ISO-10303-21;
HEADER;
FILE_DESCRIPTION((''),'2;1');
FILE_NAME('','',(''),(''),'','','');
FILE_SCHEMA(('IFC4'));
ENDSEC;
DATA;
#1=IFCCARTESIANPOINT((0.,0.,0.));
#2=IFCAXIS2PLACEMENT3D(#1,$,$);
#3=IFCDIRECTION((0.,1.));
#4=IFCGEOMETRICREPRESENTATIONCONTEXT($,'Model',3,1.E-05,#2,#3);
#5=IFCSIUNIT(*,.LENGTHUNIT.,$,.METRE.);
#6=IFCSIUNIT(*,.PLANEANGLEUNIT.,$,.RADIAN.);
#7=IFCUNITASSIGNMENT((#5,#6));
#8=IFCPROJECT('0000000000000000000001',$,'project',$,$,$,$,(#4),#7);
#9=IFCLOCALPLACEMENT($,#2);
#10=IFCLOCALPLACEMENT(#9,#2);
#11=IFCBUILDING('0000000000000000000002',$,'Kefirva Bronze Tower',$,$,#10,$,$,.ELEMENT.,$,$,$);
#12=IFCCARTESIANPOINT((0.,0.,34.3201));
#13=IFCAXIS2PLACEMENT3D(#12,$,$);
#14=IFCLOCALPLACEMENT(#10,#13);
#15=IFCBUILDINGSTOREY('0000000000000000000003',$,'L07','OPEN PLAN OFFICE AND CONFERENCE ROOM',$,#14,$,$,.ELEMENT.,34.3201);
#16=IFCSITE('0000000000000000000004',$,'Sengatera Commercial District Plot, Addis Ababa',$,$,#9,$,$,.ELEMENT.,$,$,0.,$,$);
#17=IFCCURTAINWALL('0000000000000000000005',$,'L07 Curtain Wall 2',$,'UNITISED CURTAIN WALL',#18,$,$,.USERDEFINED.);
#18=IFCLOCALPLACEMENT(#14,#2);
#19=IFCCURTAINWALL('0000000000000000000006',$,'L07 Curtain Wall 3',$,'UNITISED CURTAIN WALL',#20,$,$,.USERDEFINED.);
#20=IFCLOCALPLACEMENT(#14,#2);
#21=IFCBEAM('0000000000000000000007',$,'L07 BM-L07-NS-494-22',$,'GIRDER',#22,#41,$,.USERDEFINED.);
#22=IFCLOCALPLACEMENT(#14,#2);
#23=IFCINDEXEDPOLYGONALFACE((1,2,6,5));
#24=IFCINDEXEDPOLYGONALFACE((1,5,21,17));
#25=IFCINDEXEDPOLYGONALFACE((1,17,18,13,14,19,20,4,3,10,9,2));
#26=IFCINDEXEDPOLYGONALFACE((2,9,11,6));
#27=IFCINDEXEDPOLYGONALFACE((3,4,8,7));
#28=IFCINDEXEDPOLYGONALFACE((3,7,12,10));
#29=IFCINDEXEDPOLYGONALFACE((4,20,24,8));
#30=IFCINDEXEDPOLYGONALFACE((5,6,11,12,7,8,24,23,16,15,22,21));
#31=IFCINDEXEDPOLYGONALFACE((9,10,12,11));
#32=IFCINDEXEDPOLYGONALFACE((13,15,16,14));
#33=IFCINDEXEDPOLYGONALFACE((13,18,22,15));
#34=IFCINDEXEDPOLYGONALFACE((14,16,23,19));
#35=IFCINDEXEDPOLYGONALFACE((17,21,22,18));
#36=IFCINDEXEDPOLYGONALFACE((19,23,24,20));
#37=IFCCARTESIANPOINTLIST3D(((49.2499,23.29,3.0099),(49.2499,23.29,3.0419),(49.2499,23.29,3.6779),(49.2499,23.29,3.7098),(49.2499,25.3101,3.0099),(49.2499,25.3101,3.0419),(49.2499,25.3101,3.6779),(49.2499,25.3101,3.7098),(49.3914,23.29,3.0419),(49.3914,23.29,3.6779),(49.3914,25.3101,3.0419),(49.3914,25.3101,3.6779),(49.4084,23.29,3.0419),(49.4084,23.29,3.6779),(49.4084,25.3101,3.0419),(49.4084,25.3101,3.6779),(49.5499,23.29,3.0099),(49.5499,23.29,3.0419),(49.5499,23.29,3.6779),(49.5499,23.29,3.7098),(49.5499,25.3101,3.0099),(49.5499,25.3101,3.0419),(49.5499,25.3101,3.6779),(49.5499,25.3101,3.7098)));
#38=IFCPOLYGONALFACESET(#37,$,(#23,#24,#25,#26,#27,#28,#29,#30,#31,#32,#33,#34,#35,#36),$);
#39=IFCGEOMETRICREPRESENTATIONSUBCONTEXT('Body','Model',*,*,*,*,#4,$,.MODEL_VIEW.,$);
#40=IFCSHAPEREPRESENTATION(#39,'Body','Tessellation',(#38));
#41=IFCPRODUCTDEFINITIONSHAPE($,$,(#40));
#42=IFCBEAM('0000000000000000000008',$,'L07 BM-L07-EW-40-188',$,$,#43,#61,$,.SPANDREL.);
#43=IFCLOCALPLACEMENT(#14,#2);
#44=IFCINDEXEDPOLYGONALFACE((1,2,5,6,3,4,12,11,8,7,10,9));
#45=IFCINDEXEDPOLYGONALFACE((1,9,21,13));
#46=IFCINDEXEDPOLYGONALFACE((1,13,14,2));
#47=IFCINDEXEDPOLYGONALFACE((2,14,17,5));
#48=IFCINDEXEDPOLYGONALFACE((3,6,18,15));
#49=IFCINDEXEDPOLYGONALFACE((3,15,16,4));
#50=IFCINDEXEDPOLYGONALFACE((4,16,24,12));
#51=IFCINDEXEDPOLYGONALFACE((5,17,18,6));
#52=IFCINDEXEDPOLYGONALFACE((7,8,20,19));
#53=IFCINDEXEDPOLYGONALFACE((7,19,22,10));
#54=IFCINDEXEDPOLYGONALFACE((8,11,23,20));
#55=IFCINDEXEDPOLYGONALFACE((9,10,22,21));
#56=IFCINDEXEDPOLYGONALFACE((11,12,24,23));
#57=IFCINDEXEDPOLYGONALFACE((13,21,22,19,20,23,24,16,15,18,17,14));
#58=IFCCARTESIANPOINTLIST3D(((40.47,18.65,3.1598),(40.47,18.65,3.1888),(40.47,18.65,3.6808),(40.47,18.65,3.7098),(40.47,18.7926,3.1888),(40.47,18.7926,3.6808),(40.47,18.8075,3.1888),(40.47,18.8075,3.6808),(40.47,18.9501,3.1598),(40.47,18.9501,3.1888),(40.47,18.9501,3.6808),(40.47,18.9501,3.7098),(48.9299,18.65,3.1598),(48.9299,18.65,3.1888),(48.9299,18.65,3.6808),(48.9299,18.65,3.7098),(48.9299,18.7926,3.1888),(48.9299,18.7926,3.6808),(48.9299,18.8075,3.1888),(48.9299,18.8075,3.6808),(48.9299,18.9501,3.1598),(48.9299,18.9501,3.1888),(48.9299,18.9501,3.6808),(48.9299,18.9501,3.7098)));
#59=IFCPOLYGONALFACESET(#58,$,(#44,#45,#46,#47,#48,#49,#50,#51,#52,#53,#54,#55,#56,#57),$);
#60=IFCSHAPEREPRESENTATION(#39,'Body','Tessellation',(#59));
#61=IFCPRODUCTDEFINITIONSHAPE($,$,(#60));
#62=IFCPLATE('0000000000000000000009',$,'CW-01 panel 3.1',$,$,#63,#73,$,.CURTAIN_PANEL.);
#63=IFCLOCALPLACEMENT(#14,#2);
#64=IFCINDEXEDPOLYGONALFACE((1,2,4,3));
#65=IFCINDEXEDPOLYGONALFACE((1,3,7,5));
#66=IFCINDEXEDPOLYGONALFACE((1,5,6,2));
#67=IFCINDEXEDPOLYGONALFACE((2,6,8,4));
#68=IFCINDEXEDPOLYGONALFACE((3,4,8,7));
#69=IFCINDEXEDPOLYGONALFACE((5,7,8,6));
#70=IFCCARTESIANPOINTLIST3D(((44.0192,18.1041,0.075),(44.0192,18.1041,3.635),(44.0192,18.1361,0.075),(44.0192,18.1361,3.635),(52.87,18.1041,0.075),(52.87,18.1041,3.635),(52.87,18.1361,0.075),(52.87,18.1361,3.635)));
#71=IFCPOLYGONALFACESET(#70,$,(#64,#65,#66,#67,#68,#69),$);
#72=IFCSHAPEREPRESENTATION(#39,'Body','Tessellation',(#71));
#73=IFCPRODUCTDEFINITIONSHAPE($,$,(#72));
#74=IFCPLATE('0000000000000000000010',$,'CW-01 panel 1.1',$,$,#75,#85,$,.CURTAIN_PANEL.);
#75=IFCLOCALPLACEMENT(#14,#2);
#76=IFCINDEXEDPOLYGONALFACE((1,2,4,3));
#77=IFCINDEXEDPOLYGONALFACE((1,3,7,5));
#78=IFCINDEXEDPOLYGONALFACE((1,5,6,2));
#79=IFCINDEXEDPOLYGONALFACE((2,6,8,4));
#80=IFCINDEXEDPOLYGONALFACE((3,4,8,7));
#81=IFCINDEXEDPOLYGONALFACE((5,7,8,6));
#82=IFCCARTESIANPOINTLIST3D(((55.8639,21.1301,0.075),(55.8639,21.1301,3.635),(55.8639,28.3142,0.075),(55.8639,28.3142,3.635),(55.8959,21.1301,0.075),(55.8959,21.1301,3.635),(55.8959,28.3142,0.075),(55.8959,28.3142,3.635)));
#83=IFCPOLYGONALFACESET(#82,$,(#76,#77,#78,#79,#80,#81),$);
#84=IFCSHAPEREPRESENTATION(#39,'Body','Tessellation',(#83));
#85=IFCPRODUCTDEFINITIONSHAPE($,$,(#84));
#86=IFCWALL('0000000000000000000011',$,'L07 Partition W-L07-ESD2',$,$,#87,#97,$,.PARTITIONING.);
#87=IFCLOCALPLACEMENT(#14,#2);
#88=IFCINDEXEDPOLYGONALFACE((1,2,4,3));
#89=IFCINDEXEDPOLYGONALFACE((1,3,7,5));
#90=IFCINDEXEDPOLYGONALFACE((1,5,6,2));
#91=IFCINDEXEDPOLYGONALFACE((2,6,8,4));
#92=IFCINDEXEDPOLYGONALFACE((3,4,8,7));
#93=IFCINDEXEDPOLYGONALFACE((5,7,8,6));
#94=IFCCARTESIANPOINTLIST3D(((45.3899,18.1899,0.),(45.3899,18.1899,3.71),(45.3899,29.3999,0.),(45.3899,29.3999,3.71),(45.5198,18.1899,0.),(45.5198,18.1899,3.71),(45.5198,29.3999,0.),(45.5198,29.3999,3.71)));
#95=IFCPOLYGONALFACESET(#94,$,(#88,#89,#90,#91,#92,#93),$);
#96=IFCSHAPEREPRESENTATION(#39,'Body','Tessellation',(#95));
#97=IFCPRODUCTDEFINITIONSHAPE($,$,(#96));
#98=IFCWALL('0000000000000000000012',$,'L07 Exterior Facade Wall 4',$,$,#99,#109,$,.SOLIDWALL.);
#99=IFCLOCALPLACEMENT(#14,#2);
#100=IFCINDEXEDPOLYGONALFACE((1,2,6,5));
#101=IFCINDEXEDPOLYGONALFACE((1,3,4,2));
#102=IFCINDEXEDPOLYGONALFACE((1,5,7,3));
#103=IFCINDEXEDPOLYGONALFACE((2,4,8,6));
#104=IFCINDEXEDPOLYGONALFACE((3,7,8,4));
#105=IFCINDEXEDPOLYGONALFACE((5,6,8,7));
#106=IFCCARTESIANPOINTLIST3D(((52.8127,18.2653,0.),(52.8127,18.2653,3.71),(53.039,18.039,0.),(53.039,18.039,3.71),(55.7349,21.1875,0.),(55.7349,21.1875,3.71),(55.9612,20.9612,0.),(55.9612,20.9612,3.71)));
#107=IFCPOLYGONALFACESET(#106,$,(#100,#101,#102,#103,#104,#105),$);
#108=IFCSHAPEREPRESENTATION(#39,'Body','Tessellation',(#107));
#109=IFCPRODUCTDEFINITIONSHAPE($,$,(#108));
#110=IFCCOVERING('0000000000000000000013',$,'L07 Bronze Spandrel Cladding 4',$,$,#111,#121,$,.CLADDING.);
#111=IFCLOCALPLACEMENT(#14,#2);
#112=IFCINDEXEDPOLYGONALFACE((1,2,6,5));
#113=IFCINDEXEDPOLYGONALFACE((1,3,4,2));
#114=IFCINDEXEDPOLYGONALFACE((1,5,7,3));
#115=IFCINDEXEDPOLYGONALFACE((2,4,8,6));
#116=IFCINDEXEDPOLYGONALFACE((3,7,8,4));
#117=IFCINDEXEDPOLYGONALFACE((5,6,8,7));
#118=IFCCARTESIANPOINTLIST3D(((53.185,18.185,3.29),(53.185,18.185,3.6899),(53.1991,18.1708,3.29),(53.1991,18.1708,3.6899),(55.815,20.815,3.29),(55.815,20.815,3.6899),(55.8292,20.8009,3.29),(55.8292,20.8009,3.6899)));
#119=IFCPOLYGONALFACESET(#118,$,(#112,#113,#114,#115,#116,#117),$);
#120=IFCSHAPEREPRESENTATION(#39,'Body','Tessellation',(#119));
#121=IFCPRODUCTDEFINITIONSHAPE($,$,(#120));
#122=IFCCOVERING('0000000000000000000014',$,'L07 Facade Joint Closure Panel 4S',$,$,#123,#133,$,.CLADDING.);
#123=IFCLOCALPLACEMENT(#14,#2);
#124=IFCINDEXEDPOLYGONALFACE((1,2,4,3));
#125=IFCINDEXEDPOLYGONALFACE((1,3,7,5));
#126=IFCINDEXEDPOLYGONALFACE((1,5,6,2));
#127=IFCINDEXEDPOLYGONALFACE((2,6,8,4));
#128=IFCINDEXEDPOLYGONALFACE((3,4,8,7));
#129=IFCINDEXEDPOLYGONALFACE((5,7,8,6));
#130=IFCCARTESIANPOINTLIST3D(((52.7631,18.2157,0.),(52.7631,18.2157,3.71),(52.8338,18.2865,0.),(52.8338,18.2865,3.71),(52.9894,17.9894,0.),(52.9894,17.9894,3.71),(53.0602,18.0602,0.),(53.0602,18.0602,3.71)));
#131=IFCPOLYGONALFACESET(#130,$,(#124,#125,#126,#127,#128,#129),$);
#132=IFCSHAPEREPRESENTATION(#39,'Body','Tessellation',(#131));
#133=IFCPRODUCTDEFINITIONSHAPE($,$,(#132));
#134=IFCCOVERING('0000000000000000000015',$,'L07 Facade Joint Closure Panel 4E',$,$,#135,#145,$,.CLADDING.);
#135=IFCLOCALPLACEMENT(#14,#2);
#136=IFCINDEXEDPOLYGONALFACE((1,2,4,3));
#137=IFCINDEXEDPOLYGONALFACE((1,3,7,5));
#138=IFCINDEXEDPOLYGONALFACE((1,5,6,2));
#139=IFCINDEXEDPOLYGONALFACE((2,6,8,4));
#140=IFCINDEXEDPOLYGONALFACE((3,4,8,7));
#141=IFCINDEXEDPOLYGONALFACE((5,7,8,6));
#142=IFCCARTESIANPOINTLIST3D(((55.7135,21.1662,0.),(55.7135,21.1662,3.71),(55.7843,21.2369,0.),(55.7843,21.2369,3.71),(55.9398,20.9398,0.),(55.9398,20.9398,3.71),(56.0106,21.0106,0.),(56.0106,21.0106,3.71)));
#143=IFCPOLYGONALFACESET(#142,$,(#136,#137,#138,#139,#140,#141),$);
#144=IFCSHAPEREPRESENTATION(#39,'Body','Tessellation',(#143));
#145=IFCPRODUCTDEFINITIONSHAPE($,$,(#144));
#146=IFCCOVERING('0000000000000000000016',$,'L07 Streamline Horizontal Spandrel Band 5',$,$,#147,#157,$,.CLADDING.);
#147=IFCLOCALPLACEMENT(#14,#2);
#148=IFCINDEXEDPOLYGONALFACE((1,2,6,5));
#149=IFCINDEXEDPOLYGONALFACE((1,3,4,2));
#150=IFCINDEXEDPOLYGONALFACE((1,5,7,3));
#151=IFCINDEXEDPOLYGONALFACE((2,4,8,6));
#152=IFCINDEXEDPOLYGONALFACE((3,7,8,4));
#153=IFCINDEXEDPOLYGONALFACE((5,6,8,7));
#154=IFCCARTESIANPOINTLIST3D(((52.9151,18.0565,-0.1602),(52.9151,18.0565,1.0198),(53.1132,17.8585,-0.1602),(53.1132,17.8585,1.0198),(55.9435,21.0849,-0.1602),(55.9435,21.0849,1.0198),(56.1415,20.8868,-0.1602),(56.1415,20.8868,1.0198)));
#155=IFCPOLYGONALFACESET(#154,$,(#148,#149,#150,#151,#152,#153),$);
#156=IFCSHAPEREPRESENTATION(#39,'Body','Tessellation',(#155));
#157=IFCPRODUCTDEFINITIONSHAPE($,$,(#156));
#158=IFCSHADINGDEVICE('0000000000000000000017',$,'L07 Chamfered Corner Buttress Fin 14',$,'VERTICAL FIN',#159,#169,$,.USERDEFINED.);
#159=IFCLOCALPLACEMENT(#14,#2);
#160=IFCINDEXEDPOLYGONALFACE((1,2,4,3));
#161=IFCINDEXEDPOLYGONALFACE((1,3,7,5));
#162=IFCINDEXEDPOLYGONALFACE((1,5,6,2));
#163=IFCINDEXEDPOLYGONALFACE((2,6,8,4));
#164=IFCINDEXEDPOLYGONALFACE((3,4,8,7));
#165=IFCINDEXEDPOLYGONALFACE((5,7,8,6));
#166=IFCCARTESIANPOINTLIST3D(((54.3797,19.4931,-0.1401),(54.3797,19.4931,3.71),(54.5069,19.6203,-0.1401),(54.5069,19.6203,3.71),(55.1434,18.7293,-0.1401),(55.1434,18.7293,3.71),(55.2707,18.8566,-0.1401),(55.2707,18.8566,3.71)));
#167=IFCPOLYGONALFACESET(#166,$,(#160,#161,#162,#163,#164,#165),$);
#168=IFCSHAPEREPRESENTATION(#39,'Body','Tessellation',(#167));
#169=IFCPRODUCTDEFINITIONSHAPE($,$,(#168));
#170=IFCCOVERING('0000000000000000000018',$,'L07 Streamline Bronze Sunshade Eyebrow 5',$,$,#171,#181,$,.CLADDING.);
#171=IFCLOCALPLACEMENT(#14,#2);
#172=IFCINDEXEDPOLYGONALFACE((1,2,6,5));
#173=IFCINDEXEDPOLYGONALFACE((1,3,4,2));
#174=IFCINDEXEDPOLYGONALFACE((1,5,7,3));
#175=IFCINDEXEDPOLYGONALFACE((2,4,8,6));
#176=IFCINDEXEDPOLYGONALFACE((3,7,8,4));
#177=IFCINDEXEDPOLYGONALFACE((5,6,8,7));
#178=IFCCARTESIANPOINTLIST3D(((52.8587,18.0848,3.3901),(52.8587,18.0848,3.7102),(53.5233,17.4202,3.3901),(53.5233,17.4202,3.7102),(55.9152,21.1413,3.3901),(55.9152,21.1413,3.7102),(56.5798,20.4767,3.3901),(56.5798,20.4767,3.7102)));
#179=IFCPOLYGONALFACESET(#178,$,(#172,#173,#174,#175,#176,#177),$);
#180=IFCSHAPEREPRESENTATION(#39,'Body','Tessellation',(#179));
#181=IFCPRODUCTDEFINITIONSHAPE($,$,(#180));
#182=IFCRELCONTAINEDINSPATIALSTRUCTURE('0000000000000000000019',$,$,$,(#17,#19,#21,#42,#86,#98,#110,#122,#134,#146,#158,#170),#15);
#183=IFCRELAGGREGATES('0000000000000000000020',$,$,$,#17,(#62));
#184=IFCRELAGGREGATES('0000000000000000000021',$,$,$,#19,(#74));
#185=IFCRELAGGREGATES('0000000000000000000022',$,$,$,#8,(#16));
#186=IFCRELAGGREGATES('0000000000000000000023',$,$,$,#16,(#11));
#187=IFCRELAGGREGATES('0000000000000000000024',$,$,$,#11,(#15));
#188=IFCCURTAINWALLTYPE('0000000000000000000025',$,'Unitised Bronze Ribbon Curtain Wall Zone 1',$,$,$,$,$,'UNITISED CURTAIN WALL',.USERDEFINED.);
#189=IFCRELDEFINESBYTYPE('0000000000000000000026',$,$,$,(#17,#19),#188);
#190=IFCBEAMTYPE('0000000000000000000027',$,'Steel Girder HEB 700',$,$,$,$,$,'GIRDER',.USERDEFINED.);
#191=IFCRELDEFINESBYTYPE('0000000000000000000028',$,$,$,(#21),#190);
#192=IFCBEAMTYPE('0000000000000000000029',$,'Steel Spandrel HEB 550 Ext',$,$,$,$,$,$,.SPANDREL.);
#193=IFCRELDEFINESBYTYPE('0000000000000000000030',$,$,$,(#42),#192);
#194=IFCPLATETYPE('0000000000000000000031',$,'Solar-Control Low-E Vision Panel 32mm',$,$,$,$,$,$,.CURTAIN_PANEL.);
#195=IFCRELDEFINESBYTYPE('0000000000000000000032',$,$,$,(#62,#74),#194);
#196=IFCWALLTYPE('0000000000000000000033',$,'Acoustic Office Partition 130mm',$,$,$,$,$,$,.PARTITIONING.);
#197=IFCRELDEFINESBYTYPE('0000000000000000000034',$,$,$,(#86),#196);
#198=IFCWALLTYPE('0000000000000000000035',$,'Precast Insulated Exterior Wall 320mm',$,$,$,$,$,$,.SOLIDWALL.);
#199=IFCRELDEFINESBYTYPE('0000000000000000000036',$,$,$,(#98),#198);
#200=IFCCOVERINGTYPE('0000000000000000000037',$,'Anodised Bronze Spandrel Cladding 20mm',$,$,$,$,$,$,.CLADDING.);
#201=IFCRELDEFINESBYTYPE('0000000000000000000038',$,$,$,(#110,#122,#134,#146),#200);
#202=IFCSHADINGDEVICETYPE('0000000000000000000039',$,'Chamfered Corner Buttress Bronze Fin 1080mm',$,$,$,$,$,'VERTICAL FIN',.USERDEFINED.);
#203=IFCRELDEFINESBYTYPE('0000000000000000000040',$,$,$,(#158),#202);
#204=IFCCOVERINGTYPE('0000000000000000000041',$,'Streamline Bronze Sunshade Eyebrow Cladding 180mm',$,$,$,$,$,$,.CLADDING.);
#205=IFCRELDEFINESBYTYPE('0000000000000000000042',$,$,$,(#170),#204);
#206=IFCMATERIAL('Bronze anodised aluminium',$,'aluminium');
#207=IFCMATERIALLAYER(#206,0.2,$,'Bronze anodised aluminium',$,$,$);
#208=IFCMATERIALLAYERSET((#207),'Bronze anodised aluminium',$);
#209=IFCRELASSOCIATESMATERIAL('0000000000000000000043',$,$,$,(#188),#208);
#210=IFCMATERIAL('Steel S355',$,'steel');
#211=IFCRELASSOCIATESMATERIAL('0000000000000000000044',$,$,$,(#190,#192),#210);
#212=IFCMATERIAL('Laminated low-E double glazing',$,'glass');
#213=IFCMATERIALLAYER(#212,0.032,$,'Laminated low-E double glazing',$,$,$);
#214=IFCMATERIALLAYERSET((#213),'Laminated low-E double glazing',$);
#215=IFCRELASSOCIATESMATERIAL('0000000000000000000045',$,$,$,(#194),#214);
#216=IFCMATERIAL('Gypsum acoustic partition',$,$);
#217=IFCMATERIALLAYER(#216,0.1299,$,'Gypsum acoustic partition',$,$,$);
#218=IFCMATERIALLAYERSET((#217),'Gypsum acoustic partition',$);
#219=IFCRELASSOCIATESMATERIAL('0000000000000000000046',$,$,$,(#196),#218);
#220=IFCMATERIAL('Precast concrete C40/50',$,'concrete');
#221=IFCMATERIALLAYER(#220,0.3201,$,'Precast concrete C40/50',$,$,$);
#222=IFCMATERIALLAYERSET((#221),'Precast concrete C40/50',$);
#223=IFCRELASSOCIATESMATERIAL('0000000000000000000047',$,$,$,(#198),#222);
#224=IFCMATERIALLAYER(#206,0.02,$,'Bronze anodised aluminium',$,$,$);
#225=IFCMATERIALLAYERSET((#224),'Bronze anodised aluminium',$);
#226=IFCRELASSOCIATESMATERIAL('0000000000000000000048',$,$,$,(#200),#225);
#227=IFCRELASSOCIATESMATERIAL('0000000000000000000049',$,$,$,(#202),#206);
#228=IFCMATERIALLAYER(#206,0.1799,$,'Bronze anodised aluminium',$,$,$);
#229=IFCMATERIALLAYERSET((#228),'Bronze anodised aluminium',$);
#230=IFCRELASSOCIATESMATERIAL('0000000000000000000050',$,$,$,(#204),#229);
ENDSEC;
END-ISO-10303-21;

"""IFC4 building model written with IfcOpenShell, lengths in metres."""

from ifc_helpers import new_model, si_unit, direction, frame, frame_2d, origin, origin_2d, place, context, subcontext, project, spatial, rectangle, i_section, extrude, material, layer, layer_set, material_profile, profile_set, type_object, element, aggregate, save


model = new_model("IFC4")

# Units and contexts
model_context = context("Model", 3, precision=1e-05, world=origin(), true_north=direction((0.0, 1.0)))
body_context = subcontext(model_context, "Body", "Model", "MODEL_VIEW")
ifc_project = project(units=[si_unit("LENGTHUNIT", "METRE"), si_unit("PLANEANGLEUNIT", "RADIAN")], contexts=[model_context])

# Site, building, storey
site_placement = place(None, origin())
site = spatial("IfcSite", under=ifc_project, at=site_placement, Name="Sengatera Commercial District Plot, Addis Ababa", CompositionType="ELEMENT", RefElevation=0.0)
building_placement = place(site_placement, origin())
building = spatial("IfcBuilding", under=site, at=building_placement, Name="Kefirva Bronze Tower", CompositionType="ELEMENT")
storey_placement = place(building_placement, frame((0.0, 0.0, 34.3201)))
storey = spatial("IfcBuildingStorey", under=building, at=storey_placement, Name="L07", Description="OPEN PLAN OFFICE AND CONFERENCE ROOM", CompositionType="ELEMENT", Elevation=34.3201)

# Curtain wall
ifc_material_1 = material(Name="Bronze anodised aluminium", Category="aluminium")
ifc_layer_1 = layer(ifc_material_1, 0.2, Name="Bronze anodised aluminium")
ifc_layer_set_1 = layer_set([ifc_layer_1], Name="Bronze anodised aluminium")
curtain_wall_type = type_object("IfcCurtainWallType", Name="Unitised Bronze Ribbon Curtain Wall Zone 1", ElementType="UNITISED CURTAIN WALL", PredefinedType="USERDEFINED", material=ifc_layer_set_1)
curtain_wall_1_placement = place(storey_placement, origin())
curtain_wall_1 = element("IfcCurtainWall", 1, at=curtain_wall_1_placement, inside=storey, type_object=curtain_wall_type, Name="L07 Curtain Wall 2", ObjectType="UNITISED CURTAIN WALL", PredefinedType="USERDEFINED")

# Curtain wall
curtain_wall_2_placement = place(storey_placement, origin())
curtain_wall_2 = element("IfcCurtainWall", 2, at=curtain_wall_2_placement, inside=storey, type_object=curtain_wall_type, Name="L07 Curtain Wall 3", ObjectType="UNITISED CURTAIN WALL", PredefinedType="USERDEFINED")

# Beams
ifc_material_2 = material(Name="Steel S355", Category="steel")
ifc_material_profile_1 = material_profile(ifc_material_2, i_section(OverallWidth=0.3, OverallDepth=0.7, WebThickness=0.0171, FlangeThickness=0.032, at=origin_2d()), Name="HEB 700")
ifc_profile_set_1 = profile_set([ifc_material_profile_1], Name="Steel S355")
beam_type_1 = type_object("IfcBeamType", Name="Steel Girder HEB 700", ElementType="GIRDER", PredefinedType="USERDEFINED", material=ifc_profile_set_1)
beam_1_placement = place(storey_placement, frame((49.3999, 23.29, 3.3599), z_axis=(0.0, 1.0, 0.0), x_axis=(-1.0, 0.0, 0.0)))
element("IfcBeam", 3, at=beam_1_placement, inside=storey, type_object=beam_type_1, Name="L07 BM-L07-NS-494-22", ObjectType="GIRDER", PredefinedType="USERDEFINED", context=body_context, shape_type="SweptSolid", body=[
    extrude(i_section(OverallWidth=0.3, OverallDepth=0.7, WebThickness=0.0171, FlangeThickness=0.032, at=origin_2d()), origin(), (0.0, 0.0, 1.0), 2.02),
])
ifc_material_profile_2 = material_profile(ifc_material_2, i_section(OverallWidth=0.3, OverallDepth=0.55, WebThickness=0.0149, FlangeThickness=0.0291, at=origin_2d()), Name="HEB 550")
ifc_profile_set_2 = profile_set([ifc_material_profile_2], Name="Steel S355")
beam_type_2 = type_object("IfcBeamType", Name="Steel Spandrel HEB 550 Ext", PredefinedType="SPANDREL", material=ifc_profile_set_2)
beam_2_placement = place(storey_placement, frame((40.47, 18.8, 3.4348), z_axis=(1.0, 0.0, 0.0), x_axis=(0.0, 1.0, 0.0)))
element("IfcBeam", 4, at=beam_2_placement, inside=storey, type_object=beam_type_2, Name="L07 BM-L07-EW-40-188", PredefinedType="SPANDREL", context=body_context, shape_type="SweptSolid", body=[
    extrude(i_section(OverallWidth=0.3, OverallDepth=0.55, WebThickness=0.0149, FlangeThickness=0.0291, at=origin_2d()), origin(), (0.0, 0.0, 1.0), 8.46),
])

# Plates
ifc_material_3 = material(Name="Laminated low-E double glazing", Category="glass")
ifc_layer_2 = layer(ifc_material_3, 0.032, Name="Laminated low-E double glazing")
ifc_layer_set_2 = layer_set([ifc_layer_2], Name="Laminated low-E double glazing")
plate_type = type_object("IfcPlateType", Name="Solar-Control Low-E Vision Panel 32mm", PredefinedType="CURTAIN_PANEL", material=ifc_layer_set_2)
plate_1_placement = place(storey_placement, frame((48.4446, 18.1201, 0.075), z_axis=(0.0, 0.0, 1.0), x_axis=(1.0, 0.0, 0.0)))
plate_1 = element("IfcPlate", 5, at=plate_1_placement, type_object=plate_type, Name="CW-01 panel 3.1", PredefinedType="CURTAIN_PANEL", context=body_context, shape_type="SweptSolid", body=[
    extrude(rectangle(XDim=8.8508, YDim=0.032, at=origin_2d()), origin(), (0.0, 0.0, 1.0), 3.5601),
])
aggregate(curtain_wall_1, [plate_1])
plate_2_placement = place(storey_placement, frame((55.8799, 24.7222, 0.075), z_axis=(0.0, 0.0, 1.0), x_axis=(0.0, 1.0, 0.0)))
plate_2 = element("IfcPlate", 6, at=plate_2_placement, type_object=plate_type, Name="CW-01 panel 1.1", PredefinedType="CURTAIN_PANEL", context=body_context, shape_type="SweptSolid", body=[
    extrude(rectangle(XDim=7.1841, YDim=0.032, at=origin_2d()), origin(), (0.0, 0.0, 1.0), 3.5601),
])
aggregate(curtain_wall_2, [plate_2])

# Walls
ifc_material_4 = material(Name="Gypsum acoustic partition")
ifc_layer_3 = layer(ifc_material_4, 0.1299, Name="Gypsum acoustic partition")
ifc_layer_set_3 = layer_set([ifc_layer_3], Name="Gypsum acoustic partition")
wall_type_1 = type_object("IfcWallType", Name="Acoustic Office Partition 130mm", PredefinedType="PARTITIONING", material=ifc_layer_set_3)
wall_1_placement = place(storey_placement, frame((45.4548, 18.1899, 0.0), z_axis=(0.0, 0.0, 1.0), x_axis=(0.0, 1.0, 0.0)))
element("IfcWall", 7, at=wall_1_placement, inside=storey, type_object=wall_type_1, Name="L07 Partition W-L07-ESD2", PredefinedType="PARTITIONING", context=body_context, shape_type="SweptSolid", body=[
    extrude(rectangle(XDim=11.21, YDim=0.1299, at=frame_2d((5.605, 0.0))), origin(), (0.0, 0.0, 1.0), 3.71),
])
ifc_material_5 = material(Name="Precast concrete C40/50", Category="concrete")
ifc_layer_4 = layer(ifc_material_5, 0.3201, Name="Precast concrete C40/50")
ifc_layer_set_4 = layer_set([ifc_layer_4], Name="Precast concrete C40/50")
wall_type_2 = type_object("IfcWallType", Name="Precast Insulated Exterior Wall 320mm", PredefinedType="SOLIDWALL", material=ifc_layer_set_4)
wall_2_placement = place(storey_placement, frame((52.9258, 18.1521, 0.0), z_axis=(0.0, 0.0, 1.0), x_axis=(0.707107, 0.707107, 0.0)))
element("IfcWall", 8, at=wall_2_placement, inside=storey, type_object=wall_type_2, Name="L07 Exterior Facade Wall 4", PredefinedType="SOLIDWALL", context=body_context, shape_type="SweptSolid", body=[
    extrude(rectangle(XDim=4.1326, YDim=0.3201, at=frame_2d((2.0664, 0.0))), origin(), (0.0, 0.0, 1.0), 3.71),
])

# Coverings
ifc_layer_5 = layer(ifc_material_1, 0.02, Name="Bronze anodised aluminium")
ifc_layer_set_5 = layer_set([ifc_layer_5], Name="Bronze anodised aluminium")
covering_type_1 = type_object("IfcCoveringType", Name="Anodised Bronze Spandrel Cladding 20mm", PredefinedType="CLADDING", material=ifc_layer_set_5)
covering_1_placement = place(storey_placement, frame((54.5071, 19.4929, 3.29), z_axis=(0.0, 0.0, 1.0), x_axis=(0.707107, 0.707107, 0.0)))
element("IfcCovering", 9, at=covering_1_placement, inside=storey, type_object=covering_type_1, Name="L07 Bronze Spandrel Cladding 4", PredefinedType="CLADDING", context=body_context, shape_type="SweptSolid", body=[
    extrude(rectangle(XDim=3.7195, YDim=0.02, at=origin_2d()), origin(), (0.0, 0.0, 1.0), 0.3999),
])
for number, where, z_axis, x_axis, name in (
    (10, (52.9116, 18.1379, 0.0), (0.0, 0.0, 1.0), (0.707107, 0.707107, 0.0), "L07 Facade Joint Closure Panel 4S"),
    (11, (55.8621, 21.0884, 0.0), (0.0, 0.0, 1.0), (0.707107, 0.707107, 0.0), "L07 Facade Joint Closure Panel 4E"),
):
    element("IfcCovering", number, at=place(storey_placement, frame(where, z_axis=z_axis, x_axis=x_axis)), inside=storey, type_object=covering_type_1, Name=name, PredefinedType="CLADDING", context=body_context, shape_type="SweptSolid", body=[
        extrude(rectangle(XDim=0.1001, YDim=0.3201, at=origin_2d()), origin(), (0.0, 0.0, 1.0), 3.71),
    ])
covering_2_placement = place(storey_placement, frame((54.5283, 19.4717, -0.1602), z_axis=(0.0, 0.0, 1.0), x_axis=(0.707107, 0.707107, 0.0)))
element("IfcCovering", 12, at=covering_2_placement, inside=storey, type_object=covering_type_1, Name="L07 Streamline Horizontal Spandrel Band 5", PredefinedType="CLADDING", context=body_context, shape_type="SweptSolid", body=[
    extrude(rectangle(XDim=4.2827, YDim=0.28, at=origin_2d()), origin(), (0.0, 0.0, 1.0), 1.1799),
])

# Shading device
ifc_material_profile_3 = material_profile(ifc_material_1, rectangle(XDim=0.1799, YDim=1.0801, at=origin_2d()), Name="BRONZE BUTTRESS FIN 180x1080")
ifc_profile_set_3 = profile_set([ifc_material_profile_3], Name="Bronze anodised aluminium")
shading_device_type = type_object("IfcShadingDeviceType", Name="Chamfered Corner Buttress Bronze Fin 1080mm", ElementType="VERTICAL FIN", PredefinedType="USERDEFINED", material=ifc_profile_set_3)
shading_device_placement = place(storey_placement, frame((54.8252, 19.1748, -0.1401), z_axis=(0.0, 0.0, 1.0), x_axis=(0.707107, 0.707107, 0.0)))
element("IfcShadingDevice", 13, at=shading_device_placement, inside=storey, type_object=shading_device_type, Name="L07 Chamfered Corner Buttress Fin 14", ObjectType="VERTICAL FIN", PredefinedType="USERDEFINED", context=body_context, shape_type="SweptSolid", body=[
    extrude(rectangle(XDim=0.1799, YDim=1.0801, at=origin_2d()), origin(), (0.0, 0.0, 1.0), 3.8501),
])

# Covering
ifc_layer_6 = layer(ifc_material_1, 0.1799, Name="Bronze anodised aluminium")
ifc_layer_set_6 = layer_set([ifc_layer_6], Name="Bronze anodised aluminium")
covering_type_2 = type_object("IfcCoveringType", Name="Streamline Bronze Sunshade Eyebrow Cladding 180mm", PredefinedType="CLADDING", material=ifc_layer_set_6)
covering_3_placement = place(storey_placement, frame((54.7192, 19.2808, 3.3901), z_axis=(0.0, 0.0, 1.0), x_axis=(0.707107, 0.707107, 0.0)))
element("IfcCovering", 14, at=covering_3_placement, inside=storey, type_object=covering_type_2, Name="L07 Streamline Bronze Sunshade Eyebrow 5", PredefinedType="CLADDING", context=body_context, shape_type="SweptSolid", body=[
    extrude(rectangle(XDim=4.3225, YDim=0.9399, at=origin_2d()), origin(), (0.0, 0.0, 1.0), 0.3201),
])

save(model, "model.ifc")
